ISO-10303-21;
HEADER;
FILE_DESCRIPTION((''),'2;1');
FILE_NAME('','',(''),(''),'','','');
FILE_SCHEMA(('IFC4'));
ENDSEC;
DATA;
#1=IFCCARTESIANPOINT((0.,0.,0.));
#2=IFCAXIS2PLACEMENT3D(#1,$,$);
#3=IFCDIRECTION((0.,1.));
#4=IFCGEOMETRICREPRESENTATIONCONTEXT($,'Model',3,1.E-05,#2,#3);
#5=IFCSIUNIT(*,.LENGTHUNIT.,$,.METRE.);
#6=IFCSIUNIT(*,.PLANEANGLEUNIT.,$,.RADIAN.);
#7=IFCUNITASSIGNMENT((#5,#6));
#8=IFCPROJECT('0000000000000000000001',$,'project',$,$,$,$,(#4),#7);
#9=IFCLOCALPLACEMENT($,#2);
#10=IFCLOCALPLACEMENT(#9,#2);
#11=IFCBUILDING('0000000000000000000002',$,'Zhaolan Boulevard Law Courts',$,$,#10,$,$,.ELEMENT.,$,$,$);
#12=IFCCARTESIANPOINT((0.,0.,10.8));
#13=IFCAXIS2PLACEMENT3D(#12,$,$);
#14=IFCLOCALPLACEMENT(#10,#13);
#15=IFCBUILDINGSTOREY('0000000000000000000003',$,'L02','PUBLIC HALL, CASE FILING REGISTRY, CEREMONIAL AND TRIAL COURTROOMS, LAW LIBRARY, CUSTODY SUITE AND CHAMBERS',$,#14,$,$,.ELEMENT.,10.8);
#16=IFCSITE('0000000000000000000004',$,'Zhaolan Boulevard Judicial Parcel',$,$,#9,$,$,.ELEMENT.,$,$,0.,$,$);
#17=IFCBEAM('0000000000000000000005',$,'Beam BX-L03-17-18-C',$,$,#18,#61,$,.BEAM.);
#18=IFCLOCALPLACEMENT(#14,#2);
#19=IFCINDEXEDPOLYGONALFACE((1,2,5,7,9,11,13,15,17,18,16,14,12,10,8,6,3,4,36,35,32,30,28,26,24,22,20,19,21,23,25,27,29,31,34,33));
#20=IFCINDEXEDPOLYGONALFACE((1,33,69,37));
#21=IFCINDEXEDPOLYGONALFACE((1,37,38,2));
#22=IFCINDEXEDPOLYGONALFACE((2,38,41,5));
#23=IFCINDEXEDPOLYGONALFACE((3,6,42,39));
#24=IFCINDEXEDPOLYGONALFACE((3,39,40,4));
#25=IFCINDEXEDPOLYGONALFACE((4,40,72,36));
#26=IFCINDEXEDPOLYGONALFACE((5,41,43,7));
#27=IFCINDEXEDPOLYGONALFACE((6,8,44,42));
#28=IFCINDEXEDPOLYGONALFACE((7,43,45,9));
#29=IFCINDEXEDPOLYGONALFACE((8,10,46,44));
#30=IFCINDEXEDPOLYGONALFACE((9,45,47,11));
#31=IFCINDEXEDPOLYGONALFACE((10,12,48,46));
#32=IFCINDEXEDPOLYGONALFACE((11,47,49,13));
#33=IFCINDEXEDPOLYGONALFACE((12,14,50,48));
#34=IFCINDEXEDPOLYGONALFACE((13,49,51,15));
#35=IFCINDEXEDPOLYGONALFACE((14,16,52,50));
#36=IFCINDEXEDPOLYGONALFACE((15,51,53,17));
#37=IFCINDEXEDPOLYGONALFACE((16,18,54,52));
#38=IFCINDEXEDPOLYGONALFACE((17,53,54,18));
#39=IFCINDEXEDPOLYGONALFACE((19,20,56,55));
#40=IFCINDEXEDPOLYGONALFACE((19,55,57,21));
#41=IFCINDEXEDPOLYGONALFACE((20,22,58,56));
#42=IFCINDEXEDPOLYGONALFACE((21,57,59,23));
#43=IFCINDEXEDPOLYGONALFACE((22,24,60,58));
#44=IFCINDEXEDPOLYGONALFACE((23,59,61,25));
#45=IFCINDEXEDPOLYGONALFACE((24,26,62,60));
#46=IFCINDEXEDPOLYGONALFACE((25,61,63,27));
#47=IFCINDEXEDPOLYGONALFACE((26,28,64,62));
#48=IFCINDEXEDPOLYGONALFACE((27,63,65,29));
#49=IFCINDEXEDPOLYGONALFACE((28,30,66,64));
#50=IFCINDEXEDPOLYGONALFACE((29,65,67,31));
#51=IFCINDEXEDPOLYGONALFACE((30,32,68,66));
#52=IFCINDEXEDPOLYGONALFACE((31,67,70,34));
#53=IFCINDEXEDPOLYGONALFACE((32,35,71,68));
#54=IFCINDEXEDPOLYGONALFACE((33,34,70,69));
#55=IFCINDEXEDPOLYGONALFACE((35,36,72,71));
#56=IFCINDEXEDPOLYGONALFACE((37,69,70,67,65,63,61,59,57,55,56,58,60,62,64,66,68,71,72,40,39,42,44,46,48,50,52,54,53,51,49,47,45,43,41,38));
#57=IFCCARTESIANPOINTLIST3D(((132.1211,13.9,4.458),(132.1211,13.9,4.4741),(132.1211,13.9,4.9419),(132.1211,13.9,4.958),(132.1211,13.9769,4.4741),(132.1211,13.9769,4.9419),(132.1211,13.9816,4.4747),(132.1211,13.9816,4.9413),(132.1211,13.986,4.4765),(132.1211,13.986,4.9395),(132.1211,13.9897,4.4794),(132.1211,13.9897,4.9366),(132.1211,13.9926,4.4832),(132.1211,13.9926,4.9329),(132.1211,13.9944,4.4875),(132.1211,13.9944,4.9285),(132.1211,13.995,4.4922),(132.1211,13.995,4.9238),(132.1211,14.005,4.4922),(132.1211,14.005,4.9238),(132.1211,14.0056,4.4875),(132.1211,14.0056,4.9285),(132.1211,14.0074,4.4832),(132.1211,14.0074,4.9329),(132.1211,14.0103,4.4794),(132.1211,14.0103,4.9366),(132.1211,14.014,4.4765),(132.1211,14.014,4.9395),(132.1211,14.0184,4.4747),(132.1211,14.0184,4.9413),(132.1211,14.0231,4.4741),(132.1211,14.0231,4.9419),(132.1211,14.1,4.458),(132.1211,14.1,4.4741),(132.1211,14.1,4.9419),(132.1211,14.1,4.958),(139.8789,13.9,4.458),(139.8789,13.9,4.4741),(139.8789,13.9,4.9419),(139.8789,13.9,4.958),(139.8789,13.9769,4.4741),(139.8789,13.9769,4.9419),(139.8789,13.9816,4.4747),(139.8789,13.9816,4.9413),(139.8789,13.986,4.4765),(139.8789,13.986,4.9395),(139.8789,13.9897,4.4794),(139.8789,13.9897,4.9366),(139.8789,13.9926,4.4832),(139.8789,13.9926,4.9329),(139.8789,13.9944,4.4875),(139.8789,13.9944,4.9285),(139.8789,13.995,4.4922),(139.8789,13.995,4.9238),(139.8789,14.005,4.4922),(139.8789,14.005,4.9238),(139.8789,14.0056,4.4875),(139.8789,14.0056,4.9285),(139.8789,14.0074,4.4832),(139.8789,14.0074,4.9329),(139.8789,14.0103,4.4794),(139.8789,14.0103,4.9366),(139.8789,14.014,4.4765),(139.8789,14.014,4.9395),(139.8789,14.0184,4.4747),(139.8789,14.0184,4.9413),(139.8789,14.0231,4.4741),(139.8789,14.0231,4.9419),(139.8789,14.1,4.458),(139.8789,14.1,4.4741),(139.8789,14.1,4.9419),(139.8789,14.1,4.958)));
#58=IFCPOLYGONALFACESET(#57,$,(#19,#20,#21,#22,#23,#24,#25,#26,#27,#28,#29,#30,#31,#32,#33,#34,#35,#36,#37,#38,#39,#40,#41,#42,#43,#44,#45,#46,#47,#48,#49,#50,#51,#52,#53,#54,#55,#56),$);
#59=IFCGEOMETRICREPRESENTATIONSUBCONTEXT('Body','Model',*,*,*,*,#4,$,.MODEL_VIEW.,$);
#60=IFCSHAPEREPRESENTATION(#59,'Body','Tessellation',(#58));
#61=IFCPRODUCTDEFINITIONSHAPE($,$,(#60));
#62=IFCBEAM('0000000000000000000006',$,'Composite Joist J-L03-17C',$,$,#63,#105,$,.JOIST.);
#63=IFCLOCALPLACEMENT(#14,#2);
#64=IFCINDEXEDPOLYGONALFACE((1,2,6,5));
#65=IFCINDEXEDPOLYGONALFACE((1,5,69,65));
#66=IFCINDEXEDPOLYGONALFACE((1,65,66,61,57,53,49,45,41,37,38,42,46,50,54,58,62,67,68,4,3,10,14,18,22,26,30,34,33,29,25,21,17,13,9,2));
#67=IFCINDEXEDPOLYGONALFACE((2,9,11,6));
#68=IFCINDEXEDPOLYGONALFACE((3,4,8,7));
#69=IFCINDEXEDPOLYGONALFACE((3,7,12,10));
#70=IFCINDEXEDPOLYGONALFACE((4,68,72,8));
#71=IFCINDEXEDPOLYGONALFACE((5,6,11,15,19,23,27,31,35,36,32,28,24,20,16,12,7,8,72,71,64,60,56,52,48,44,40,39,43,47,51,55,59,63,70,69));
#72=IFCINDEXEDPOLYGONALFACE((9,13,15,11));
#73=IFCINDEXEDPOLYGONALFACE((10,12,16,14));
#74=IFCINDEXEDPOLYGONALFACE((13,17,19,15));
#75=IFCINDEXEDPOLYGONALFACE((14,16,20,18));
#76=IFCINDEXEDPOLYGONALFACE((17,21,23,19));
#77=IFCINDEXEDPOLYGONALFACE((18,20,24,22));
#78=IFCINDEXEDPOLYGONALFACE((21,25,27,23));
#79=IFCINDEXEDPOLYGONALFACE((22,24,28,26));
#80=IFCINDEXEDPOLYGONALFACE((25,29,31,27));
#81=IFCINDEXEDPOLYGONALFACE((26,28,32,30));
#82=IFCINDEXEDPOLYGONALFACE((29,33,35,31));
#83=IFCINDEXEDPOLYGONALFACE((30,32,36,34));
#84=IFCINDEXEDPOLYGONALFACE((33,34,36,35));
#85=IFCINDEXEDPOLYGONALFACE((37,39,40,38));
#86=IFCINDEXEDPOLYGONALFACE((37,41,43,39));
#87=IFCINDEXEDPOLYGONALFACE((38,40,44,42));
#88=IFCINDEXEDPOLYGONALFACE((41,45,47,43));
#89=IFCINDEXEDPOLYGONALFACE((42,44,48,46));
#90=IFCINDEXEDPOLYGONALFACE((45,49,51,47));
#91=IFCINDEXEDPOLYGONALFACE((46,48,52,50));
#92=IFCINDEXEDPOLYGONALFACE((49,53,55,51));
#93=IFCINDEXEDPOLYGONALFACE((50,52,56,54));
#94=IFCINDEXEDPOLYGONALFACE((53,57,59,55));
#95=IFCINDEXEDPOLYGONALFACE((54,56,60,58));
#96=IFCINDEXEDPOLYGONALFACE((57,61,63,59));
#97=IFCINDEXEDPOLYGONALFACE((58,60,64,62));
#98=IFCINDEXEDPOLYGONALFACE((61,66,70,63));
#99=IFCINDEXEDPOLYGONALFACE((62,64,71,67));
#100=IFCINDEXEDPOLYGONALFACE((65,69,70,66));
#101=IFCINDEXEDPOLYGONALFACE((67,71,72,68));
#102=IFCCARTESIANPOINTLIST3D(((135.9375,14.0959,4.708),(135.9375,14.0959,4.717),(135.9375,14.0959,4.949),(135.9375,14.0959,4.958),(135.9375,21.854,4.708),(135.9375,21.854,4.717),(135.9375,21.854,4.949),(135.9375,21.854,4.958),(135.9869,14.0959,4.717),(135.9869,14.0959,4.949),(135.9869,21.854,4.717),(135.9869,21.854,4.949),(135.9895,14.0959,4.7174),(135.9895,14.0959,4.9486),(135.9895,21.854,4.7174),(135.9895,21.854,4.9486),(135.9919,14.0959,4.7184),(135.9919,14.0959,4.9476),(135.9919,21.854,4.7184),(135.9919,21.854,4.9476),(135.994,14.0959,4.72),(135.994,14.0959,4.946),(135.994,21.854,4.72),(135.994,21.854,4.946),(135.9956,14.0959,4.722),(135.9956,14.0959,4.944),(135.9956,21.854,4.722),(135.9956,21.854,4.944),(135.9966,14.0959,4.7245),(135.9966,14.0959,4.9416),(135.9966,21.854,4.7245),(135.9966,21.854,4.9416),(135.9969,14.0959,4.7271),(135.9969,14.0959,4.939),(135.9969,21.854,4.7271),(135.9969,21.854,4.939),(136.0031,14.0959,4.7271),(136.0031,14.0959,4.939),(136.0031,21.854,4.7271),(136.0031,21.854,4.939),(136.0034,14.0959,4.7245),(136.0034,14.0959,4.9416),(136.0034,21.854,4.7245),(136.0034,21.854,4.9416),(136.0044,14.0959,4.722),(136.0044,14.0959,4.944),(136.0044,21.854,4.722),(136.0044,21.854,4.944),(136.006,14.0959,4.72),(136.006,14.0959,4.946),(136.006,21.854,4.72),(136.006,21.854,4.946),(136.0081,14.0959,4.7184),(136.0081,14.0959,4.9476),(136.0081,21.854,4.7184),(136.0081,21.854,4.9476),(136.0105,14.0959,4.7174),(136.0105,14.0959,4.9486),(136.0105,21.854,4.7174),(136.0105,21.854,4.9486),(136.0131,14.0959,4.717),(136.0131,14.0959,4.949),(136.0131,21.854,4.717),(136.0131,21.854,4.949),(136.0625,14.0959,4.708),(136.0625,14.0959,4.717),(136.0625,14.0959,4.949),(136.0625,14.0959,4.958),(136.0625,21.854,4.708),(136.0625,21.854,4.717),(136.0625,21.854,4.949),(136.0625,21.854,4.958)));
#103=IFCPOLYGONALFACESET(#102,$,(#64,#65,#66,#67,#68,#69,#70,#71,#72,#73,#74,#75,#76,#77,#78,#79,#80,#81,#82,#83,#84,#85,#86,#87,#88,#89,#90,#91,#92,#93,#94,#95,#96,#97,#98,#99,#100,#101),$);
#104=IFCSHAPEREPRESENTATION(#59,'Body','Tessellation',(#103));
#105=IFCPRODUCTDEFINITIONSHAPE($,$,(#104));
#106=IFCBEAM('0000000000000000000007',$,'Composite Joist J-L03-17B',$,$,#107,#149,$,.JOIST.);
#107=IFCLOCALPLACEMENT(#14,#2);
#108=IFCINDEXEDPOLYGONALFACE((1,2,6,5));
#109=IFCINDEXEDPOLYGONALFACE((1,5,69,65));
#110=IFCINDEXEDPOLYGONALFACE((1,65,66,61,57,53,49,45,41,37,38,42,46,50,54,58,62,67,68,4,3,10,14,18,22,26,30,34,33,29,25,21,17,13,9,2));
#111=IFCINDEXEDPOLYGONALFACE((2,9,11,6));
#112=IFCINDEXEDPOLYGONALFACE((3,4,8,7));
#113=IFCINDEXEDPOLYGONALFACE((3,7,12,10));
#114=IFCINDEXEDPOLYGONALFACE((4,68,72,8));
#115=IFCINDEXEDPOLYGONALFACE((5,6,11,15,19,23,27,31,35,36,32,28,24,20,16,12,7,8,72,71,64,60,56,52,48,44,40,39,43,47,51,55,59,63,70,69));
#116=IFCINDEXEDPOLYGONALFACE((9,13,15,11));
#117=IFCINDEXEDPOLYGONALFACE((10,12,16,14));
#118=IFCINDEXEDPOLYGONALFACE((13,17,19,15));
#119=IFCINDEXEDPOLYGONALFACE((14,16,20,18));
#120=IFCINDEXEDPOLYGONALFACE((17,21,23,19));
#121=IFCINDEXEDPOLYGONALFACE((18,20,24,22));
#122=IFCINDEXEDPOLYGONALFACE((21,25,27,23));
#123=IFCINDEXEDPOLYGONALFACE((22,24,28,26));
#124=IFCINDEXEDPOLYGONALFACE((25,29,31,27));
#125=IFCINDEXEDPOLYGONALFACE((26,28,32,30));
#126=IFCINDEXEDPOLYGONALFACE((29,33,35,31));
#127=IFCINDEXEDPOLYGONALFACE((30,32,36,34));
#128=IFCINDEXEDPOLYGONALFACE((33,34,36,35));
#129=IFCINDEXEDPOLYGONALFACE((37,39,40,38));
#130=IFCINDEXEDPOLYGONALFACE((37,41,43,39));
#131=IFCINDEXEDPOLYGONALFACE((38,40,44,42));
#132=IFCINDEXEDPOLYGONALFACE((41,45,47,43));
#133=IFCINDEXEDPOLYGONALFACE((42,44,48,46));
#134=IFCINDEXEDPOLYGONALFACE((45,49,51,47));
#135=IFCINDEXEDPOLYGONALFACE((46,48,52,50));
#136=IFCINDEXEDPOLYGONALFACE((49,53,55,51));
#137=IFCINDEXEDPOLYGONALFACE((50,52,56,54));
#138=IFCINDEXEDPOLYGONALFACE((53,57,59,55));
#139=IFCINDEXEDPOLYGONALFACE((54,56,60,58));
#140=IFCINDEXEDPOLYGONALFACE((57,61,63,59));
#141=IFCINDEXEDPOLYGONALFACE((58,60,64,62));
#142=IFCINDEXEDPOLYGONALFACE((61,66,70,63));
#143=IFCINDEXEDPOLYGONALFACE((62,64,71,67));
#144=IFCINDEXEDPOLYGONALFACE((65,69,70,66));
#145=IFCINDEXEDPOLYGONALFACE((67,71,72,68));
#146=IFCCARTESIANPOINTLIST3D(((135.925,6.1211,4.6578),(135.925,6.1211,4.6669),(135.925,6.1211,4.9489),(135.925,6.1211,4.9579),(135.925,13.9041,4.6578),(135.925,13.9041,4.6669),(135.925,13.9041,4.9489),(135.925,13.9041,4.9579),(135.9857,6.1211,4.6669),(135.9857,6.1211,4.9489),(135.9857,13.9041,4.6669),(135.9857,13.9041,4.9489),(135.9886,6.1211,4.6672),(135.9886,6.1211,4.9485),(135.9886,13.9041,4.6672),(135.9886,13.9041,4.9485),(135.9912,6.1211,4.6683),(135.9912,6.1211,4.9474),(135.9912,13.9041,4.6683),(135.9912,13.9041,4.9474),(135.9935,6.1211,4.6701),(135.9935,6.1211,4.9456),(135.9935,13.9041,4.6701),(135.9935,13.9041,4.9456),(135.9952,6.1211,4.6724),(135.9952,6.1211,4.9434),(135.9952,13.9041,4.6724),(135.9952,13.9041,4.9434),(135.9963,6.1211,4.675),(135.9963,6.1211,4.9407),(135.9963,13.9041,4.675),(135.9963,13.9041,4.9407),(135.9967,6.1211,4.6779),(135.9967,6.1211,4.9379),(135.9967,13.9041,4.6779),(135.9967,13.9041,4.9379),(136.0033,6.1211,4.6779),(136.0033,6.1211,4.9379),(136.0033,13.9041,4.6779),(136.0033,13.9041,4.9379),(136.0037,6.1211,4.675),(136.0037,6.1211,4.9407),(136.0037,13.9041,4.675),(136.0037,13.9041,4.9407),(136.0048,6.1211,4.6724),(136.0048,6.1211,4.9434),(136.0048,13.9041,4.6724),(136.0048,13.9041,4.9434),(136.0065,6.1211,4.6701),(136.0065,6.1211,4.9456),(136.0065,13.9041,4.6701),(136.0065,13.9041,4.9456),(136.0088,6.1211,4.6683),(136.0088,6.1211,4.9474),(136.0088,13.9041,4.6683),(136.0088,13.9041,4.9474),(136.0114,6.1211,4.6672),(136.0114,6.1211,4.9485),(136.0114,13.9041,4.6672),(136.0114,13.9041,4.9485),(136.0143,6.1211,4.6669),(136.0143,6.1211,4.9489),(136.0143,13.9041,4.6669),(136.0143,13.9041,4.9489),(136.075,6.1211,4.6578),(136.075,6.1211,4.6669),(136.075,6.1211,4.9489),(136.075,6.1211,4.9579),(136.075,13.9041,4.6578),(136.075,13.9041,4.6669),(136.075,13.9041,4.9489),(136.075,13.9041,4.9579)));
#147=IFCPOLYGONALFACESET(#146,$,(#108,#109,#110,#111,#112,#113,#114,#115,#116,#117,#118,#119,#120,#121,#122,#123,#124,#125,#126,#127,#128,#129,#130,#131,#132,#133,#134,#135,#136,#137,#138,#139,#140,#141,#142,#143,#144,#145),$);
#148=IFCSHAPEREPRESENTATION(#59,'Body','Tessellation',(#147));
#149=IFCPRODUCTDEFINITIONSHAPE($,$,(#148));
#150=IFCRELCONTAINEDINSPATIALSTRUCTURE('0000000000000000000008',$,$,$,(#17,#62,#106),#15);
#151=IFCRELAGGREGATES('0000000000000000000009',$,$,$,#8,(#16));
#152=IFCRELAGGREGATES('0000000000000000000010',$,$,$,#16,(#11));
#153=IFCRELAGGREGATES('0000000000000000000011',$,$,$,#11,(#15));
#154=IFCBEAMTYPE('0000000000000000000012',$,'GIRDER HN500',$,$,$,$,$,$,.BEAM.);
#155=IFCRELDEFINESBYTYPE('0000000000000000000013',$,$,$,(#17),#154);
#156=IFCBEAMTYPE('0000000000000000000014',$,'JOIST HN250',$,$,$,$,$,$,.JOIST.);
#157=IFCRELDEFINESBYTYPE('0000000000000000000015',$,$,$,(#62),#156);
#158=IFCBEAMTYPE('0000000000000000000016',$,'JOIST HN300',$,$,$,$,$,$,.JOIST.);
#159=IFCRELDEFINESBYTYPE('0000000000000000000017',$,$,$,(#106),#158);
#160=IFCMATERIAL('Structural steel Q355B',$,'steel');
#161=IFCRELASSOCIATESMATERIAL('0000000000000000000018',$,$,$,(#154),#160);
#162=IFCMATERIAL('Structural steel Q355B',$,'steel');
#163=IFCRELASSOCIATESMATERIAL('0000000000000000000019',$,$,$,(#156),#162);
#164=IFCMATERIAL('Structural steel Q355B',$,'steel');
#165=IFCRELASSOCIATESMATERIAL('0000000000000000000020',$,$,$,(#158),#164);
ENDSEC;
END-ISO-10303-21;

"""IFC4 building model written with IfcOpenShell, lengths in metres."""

from ifc_helpers import new_model, si_unit, direction, frame, origin, origin_2d, place, context, subcontext, project, spatial, i_section, extrude, material, material_profile, profile_set, type_object, element, save


model = new_model("IFC4")

# Units and contexts
model_context = context("Model", 3, precision=1e-05, world=origin(), true_north=direction((0.0, 1.0)))
body_context = subcontext(model_context, "Body", "Model", "MODEL_VIEW")
ifc_project = project(units=[si_unit("LENGTHUNIT", "METRE"), si_unit("PLANEANGLEUNIT", "RADIAN")], contexts=[model_context])

# Site, building, storey
site_placement = place(None, origin())
site = spatial("IfcSite", under=ifc_project, at=site_placement, Name="Zhaolan Boulevard Judicial Parcel", CompositionType="ELEMENT", RefElevation=0.0)
building_placement = place(site_placement, origin())
building = spatial("IfcBuilding", under=site, at=building_placement, Name="Zhaolan Boulevard Law Courts", CompositionType="ELEMENT")
storey_placement = place(building_placement, frame((0.0, 0.0, 10.8)))
storey = spatial("IfcBuildingStorey", under=building, at=storey_placement, Name="L02", Description="PUBLIC HALL, CASE FILING REGISTRY, CEREMONIAL AND TRIAL COURTROOMS, LAW LIBRARY, CUSTODY SUITE AND CHAMBERS", CompositionType="ELEMENT", Elevation=10.8)

# Beams
ifc_material_1 = material(Name="Structural steel Q355B", Category="steel")
ifc_material_profile_1 = material_profile(ifc_material_1, i_section(OverallWidth=0.2, OverallDepth=0.5, WebThickness=0.01, FlangeThickness=0.0161, FilletRadius=0.0181, at=origin_2d()), Name="HN500x200")
ifc_profile_set_1 = profile_set([ifc_material_profile_1], Name="Structural steel Q355B")
beam_type_1 = type_object("IfcBeamType", Name="GIRDER HN500", PredefinedType="BEAM", material=ifc_profile_set_1)
beam_1_placement = place(storey_placement, frame((132.1211, 14.0, 4.708), z_axis=(1.0, 0.0, 0.0), x_axis=(0.0, 1.0, 0.0)))
element("IfcBeam", 1, at=beam_1_placement, inside=storey, type_object=beam_type_1, Name="Beam BX-L03-17-18-C", PredefinedType="BEAM", context=body_context, shape_type="SweptSolid", body=[
    extrude(i_section(OverallWidth=0.2, OverallDepth=0.5, WebThickness=0.01, FlangeThickness=0.0161, FilletRadius=0.0181, at=origin_2d()), origin(), (0.0, 0.0, 1.0), 7.7578),
])
ifc_material_2 = material(Name="Structural steel Q355B", Category="steel")
ifc_material_profile_2 = material_profile(ifc_material_2, i_section(OverallWidth=0.125, OverallDepth=0.25, WebThickness=0.0061, FlangeThickness=0.009, FilletRadius=0.01, at=origin_2d()), Name="HN250x125")
ifc_profile_set_2 = profile_set([ifc_material_profile_2], Name="Structural steel Q355B")
beam_type_2 = type_object("IfcBeamType", Name="JOIST HN250", PredefinedType="JOIST", material=ifc_profile_set_2)
beam_2_placement = place(storey_placement, frame((136.0, 14.0959, 4.833), z_axis=(0.0, 1.0, 0.0), x_axis=(-1.0, 0.0, 0.0)))
element("IfcBeam", 2, at=beam_2_placement, inside=storey, type_object=beam_type_2, Name="Composite Joist J-L03-17C", PredefinedType="JOIST", context=body_context, shape_type="SweptSolid", body=[
    extrude(i_section(OverallWidth=0.125, OverallDepth=0.25, WebThickness=0.0061, FlangeThickness=0.009, FilletRadius=0.01, at=origin_2d()), origin(), (0.0, 0.0, 1.0), 7.7581),
])
ifc_material_3 = material(Name="Structural steel Q355B", Category="steel")
ifc_material_profile_3 = material_profile(ifc_material_3, i_section(OverallWidth=0.1499, OverallDepth=0.3, WebThickness=0.0066, FlangeThickness=0.009, FilletRadius=0.011, at=origin_2d()), Name="HN300x150")
ifc_profile_set_3 = profile_set([ifc_material_profile_3], Name="Structural steel Q355B")
beam_type_3 = type_object("IfcBeamType", Name="JOIST HN300", PredefinedType="JOIST", material=ifc_profile_set_3)
beam_3_placement = place(storey_placement, frame((136.0, 6.1211, 4.8079), z_axis=(0.0, 1.0, 0.0), x_axis=(-1.0, 0.0, 0.0)))
element("IfcBeam", 3, at=beam_3_placement, inside=storey, type_object=beam_type_3, Name="Composite Joist J-L03-17B", PredefinedType="JOIST", context=body_context, shape_type="SweptSolid", body=[
    extrude(i_section(OverallWidth=0.1499, OverallDepth=0.3, WebThickness=0.0066, FlangeThickness=0.009, FilletRadius=0.011, at=origin_2d()), origin(), (0.0, 0.0, 1.0), 7.783),
])

save(model, "model.ifc")
